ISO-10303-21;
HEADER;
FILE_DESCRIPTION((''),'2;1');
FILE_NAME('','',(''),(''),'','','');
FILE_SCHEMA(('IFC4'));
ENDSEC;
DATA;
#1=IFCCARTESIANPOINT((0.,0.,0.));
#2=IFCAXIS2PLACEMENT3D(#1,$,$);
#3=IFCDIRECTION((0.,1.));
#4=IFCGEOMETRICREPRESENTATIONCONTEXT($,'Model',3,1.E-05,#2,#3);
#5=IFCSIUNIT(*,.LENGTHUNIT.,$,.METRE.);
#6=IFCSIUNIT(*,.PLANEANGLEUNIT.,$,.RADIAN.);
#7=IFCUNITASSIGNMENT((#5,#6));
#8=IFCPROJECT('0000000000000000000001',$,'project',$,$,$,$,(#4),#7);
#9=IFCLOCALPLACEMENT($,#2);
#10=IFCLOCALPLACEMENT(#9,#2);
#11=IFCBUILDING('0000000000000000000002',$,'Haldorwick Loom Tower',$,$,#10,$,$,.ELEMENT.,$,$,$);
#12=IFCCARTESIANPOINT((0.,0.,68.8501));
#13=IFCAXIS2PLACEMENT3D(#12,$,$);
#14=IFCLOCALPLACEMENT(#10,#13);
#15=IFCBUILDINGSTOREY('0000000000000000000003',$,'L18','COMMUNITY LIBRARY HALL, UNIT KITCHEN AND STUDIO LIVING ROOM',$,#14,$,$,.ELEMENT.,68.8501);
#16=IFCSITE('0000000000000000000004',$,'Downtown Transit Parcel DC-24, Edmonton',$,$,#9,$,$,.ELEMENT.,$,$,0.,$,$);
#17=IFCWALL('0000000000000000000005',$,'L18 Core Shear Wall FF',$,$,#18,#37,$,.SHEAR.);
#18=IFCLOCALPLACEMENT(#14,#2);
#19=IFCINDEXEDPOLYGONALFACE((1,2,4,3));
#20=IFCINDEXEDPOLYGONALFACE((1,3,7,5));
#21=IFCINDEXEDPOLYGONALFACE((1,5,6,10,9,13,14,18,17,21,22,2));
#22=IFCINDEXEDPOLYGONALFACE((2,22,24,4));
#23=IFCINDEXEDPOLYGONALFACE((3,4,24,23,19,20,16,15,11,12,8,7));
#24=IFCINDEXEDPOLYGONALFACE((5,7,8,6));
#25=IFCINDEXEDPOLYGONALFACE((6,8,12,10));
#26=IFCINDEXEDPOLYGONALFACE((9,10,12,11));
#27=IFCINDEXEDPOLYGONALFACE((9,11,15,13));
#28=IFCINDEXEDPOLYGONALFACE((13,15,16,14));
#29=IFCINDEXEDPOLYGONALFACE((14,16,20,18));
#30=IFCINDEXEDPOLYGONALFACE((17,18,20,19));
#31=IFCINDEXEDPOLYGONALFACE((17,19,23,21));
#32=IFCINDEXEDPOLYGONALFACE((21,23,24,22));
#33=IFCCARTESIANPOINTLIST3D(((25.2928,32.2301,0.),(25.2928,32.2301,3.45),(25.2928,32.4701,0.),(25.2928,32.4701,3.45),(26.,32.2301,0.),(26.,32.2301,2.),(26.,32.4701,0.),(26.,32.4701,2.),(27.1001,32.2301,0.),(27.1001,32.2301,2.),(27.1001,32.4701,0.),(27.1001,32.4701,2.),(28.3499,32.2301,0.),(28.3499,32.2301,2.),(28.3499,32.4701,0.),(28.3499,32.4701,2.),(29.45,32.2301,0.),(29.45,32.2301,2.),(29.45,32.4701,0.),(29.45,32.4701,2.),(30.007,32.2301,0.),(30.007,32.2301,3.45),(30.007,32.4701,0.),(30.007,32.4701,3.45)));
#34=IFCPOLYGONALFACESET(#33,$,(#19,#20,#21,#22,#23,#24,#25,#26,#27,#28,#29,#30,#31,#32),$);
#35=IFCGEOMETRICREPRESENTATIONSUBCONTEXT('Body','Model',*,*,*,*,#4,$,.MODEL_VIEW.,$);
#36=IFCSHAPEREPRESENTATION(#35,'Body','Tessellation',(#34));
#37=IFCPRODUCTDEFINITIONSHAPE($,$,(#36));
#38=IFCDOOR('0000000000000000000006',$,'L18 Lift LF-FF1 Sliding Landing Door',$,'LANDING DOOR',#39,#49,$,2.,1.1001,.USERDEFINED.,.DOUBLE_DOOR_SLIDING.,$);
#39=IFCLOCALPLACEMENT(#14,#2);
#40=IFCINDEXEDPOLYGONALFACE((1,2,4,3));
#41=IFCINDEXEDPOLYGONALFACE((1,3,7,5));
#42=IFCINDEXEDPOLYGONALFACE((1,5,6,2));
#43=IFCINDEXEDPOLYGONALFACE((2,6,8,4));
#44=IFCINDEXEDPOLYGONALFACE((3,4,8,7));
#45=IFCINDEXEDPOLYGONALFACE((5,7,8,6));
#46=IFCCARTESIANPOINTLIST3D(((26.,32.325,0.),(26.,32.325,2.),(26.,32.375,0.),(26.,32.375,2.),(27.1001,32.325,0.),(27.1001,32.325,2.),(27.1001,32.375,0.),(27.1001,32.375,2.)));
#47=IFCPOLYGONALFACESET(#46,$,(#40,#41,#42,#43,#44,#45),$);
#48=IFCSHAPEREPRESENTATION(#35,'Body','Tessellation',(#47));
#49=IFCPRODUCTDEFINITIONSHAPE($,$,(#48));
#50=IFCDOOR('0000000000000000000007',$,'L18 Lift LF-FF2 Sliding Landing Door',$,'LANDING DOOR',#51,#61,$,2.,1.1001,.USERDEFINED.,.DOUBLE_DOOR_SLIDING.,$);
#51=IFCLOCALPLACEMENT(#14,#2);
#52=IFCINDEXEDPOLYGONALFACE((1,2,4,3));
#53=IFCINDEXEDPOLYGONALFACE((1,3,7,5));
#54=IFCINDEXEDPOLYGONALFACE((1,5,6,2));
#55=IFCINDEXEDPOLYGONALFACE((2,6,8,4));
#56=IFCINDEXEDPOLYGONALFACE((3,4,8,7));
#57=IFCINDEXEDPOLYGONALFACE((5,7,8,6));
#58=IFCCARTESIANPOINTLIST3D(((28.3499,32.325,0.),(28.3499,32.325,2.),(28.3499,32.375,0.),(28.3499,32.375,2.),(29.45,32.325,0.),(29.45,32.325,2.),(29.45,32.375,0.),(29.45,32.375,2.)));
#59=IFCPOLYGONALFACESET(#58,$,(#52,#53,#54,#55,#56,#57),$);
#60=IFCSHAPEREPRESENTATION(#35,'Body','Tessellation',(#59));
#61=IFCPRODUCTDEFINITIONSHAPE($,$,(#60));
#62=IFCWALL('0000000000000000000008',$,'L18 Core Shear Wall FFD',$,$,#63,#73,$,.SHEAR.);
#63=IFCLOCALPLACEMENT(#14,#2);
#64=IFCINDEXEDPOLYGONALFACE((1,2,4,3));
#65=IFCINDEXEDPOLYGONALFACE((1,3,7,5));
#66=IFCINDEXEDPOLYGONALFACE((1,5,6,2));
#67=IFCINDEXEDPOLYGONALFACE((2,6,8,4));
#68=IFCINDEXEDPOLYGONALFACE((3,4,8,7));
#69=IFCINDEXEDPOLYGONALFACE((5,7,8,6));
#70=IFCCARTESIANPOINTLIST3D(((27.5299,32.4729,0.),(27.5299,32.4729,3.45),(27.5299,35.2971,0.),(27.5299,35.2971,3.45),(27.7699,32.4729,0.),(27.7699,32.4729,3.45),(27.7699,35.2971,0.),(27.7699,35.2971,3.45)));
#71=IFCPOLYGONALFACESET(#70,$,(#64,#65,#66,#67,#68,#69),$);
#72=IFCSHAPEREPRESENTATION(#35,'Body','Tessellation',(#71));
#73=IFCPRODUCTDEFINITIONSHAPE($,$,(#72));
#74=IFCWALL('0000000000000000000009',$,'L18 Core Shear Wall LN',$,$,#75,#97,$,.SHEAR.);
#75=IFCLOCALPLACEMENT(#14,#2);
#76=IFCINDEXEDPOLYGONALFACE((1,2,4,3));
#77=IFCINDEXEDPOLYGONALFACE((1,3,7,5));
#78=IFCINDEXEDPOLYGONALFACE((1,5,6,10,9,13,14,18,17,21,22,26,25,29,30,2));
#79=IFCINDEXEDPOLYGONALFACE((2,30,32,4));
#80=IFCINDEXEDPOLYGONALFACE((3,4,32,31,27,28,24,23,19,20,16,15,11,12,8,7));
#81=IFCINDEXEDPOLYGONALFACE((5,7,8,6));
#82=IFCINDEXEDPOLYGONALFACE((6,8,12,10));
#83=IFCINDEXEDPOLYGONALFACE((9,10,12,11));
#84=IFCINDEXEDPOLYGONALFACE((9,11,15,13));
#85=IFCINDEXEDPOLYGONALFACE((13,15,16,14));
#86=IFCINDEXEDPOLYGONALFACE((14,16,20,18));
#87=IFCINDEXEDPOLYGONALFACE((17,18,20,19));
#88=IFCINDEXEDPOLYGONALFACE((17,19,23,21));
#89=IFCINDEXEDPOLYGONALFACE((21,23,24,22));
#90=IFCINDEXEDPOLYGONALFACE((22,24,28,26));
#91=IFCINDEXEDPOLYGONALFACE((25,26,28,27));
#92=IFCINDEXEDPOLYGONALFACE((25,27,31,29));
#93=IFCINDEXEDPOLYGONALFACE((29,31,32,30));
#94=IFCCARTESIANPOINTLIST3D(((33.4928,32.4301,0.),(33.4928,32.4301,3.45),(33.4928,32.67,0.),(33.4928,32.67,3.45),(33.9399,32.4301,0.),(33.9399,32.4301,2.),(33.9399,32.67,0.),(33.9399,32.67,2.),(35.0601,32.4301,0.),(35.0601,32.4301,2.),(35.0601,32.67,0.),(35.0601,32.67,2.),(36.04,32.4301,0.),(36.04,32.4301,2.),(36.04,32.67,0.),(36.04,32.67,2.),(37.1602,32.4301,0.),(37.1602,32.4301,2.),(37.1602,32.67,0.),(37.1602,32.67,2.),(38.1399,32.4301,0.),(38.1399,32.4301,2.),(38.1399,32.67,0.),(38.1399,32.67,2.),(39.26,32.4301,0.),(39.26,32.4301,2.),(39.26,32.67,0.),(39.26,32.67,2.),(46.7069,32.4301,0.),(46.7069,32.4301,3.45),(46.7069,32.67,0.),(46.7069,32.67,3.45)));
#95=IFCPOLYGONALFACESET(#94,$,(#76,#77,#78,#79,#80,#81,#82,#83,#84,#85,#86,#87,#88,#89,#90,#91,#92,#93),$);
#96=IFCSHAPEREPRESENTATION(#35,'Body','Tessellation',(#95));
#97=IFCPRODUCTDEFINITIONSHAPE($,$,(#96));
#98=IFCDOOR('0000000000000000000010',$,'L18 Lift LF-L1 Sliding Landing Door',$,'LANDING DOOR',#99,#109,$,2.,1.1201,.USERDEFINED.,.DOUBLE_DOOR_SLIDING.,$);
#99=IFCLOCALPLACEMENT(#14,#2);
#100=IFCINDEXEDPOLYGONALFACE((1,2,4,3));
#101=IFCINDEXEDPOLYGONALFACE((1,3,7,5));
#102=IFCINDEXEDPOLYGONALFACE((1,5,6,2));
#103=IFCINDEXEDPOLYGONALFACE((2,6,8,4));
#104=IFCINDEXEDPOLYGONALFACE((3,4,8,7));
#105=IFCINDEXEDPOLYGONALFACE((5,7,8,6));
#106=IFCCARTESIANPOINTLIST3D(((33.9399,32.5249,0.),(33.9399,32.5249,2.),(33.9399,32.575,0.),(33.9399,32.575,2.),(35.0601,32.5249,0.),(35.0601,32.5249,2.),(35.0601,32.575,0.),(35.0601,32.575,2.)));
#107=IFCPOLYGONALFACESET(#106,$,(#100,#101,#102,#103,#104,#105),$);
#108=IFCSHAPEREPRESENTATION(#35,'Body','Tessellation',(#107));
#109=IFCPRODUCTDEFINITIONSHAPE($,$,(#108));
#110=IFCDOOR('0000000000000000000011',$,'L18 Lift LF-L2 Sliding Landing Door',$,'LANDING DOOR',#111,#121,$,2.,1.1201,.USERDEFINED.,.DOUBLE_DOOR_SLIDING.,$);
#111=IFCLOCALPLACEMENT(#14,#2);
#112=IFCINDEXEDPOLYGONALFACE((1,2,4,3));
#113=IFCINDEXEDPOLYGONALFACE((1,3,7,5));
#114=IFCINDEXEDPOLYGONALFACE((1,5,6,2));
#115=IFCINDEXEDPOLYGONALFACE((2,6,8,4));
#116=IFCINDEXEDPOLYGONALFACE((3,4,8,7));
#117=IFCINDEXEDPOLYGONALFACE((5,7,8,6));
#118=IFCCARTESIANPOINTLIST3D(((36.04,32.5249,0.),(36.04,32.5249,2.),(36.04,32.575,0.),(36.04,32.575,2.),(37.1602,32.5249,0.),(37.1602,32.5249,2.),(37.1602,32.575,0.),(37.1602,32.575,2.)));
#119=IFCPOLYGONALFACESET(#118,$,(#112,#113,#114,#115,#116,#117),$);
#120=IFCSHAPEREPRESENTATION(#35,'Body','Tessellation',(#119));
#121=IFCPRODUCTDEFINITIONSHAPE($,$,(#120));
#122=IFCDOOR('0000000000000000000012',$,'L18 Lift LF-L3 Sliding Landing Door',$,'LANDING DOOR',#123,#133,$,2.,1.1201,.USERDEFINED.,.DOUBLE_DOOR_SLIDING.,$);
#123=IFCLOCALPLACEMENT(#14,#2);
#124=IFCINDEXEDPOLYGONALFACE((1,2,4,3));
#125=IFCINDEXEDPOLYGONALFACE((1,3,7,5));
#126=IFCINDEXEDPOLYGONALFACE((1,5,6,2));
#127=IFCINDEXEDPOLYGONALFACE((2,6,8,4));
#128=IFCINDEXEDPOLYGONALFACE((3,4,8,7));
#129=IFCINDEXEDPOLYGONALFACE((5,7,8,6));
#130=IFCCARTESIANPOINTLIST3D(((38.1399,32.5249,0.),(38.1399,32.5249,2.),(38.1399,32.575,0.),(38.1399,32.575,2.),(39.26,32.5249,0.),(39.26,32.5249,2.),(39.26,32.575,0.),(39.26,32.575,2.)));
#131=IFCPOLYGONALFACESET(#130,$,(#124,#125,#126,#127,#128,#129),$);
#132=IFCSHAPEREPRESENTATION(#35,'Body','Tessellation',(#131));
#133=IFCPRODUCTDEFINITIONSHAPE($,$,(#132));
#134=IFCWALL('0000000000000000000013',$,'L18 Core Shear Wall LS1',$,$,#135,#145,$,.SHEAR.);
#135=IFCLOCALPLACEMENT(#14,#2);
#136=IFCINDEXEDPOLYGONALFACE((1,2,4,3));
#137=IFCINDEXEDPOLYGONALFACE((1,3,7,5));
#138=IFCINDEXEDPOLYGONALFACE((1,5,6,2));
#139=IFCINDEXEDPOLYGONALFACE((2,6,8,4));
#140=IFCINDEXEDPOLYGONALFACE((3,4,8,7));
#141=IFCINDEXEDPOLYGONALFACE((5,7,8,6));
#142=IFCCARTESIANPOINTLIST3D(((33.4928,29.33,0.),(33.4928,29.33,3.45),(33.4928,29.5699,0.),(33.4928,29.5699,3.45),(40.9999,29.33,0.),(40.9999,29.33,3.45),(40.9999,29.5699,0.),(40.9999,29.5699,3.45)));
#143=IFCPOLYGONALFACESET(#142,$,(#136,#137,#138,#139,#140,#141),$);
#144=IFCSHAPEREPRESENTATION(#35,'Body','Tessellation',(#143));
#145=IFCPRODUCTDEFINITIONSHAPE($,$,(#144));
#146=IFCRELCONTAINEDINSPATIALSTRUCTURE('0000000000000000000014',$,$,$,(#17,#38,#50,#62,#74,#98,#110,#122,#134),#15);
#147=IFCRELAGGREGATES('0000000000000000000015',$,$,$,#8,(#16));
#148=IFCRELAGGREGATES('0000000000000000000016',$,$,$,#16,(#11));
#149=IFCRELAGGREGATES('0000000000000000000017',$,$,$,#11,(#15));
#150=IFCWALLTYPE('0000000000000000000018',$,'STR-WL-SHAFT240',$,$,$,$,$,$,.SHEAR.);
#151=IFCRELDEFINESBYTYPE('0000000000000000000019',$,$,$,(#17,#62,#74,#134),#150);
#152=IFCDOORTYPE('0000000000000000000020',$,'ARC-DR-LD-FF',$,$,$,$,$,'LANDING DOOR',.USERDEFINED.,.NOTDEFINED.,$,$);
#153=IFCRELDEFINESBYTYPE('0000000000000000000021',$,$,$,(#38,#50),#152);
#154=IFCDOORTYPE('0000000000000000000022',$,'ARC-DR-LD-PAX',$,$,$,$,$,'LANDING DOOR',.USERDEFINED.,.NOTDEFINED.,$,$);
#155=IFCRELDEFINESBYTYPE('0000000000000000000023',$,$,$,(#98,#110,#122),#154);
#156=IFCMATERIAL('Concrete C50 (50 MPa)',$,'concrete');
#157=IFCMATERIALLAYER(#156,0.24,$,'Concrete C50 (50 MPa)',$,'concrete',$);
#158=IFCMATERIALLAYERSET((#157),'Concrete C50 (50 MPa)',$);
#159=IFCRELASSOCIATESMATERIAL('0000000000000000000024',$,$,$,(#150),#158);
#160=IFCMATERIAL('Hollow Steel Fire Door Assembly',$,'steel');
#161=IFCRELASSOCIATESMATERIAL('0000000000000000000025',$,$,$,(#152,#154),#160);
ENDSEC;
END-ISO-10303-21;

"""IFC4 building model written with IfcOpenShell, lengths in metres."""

from ifc_helpers import new_model, si_unit, direction, frame, frame_2d, origin, place, context, subcontext, project, spatial, rectangle, extrude, material, layer, layer_set, type_object, element, fill, save


model = new_model("IFC4")

# Units and contexts
model_context = context("Model", 3, precision=1e-05, world=origin(), true_north=direction((0.0, 1.0)))
body_context = subcontext(model_context, "Body", "Model", "MODEL_VIEW")
ifc_project = project(units=[si_unit("LENGTHUNIT", "METRE"), si_unit("PLANEANGLEUNIT", "RADIAN")], contexts=[model_context])

# Site, building, storey
site_placement = place(None, origin())
site = spatial("IfcSite", under=ifc_project, at=site_placement, Name="Downtown Transit Parcel DC-24, Edmonton", CompositionType="ELEMENT", RefElevation=0.0)
building_placement = place(site_placement, origin())
building = spatial("IfcBuilding", under=site, at=building_placement, Name="Haldorwick Loom Tower", CompositionType="ELEMENT")
storey_placement = place(building_placement, frame((0.0, 0.0, 68.8501)))
storey = spatial("IfcBuildingStorey", under=building, at=storey_placement, Name="L18", Description="COMMUNITY LIBRARY HALL, UNIT KITCHEN AND STUDIO LIVING ROOM", CompositionType="ELEMENT", Elevation=68.8501)

# Shared definitions
ifc_material_1 = material(Name="Concrete C50 (50 MPa)", Category="concrete")
ifc_layer = layer(ifc_material_1, 0.24, Name="Concrete C50 (50 MPa)", Category="concrete")
ifc_layer_set = layer_set([ifc_layer], Name="Concrete C50 (50 MPa)")
wall_type = type_object("IfcWallType", Name="STR-WL-SHAFT240", PredefinedType="SHEAR", material=ifc_layer_set)

# Wall, openings, doors
wall_1_placement = place(storey_placement, frame((25.293, 32.3501, 0.0), z_axis=(0.0, 0.0, 1.0), x_axis=(1.0, 0.0, 0.0)))
wall_1 = element("IfcWall", 1, at=wall_1_placement, inside=storey, type_object=wall_type, Name="L18 Core Shear Wall FF", PredefinedType="SHEAR", context=body_context, shape_type="SweptSolid", body=[
    extrude(rectangle(XDim=4.7141, YDim=0.24, at=frame_2d((2.3569, 0.0))), origin(), (0.0, 0.0, 1.0), 3.45),
])
opening_1_placement = place(wall_1_placement, frame((0.707, 0.0, 0.0)))
opening_1 = element("IfcOpeningElement", 2, at=opening_1_placement, cuts=wall_1, PredefinedType="OPENING", context=body_context, shape_type="SweptSolid", body=[
    extrude(rectangle(XDim=1.1001, YDim=2.0, at=frame_2d((0.55, 1.0))), frame((0.0, 0.1299, 0.0), z_axis=(0.0, -1.0, 0.0), x_axis=(1.0, 0.0, 0.0)), (0.0, 0.0, 1.0), 0.26),
])
opening_2_placement = place(wall_1_placement, frame((3.0569, 0.0, 0.0)))
opening_2 = element("IfcOpeningElement", 3, at=opening_2_placement, cuts=wall_1, PredefinedType="OPENING", context=body_context, shape_type="SweptSolid", body=[
    extrude(rectangle(XDim=1.1001, YDim=2.0, at=frame_2d((0.55, 1.0))), frame((0.0, 0.1299, 0.0), z_axis=(0.0, -1.0, 0.0), x_axis=(1.0, 0.0, 0.0)), (0.0, 0.0, 1.0), 0.26),
])
ifc_material_2 = material(Name="Hollow Steel Fire Door Assembly", Category="steel")
door_type_1 = type_object("IfcDoorType", Name="ARC-DR-LD-FF", ElementType="LANDING DOOR", OperationType="NOTDEFINED", PredefinedType="USERDEFINED", material=ifc_material_2)
door_1_placement = place(opening_1_placement, origin())
door_1 = element("IfcDoor", 4, at=door_1_placement, inside=storey, type_object=door_type_1, Name="L18 Lift LF-FF1 Sliding Landing Door", ObjectType="LANDING DOOR", OperationType="DOUBLE_DOOR_SLIDING", OverallHeight=2.0, OverallWidth=1.1001, PredefinedType="USERDEFINED", context=body_context, shape_type="SweptSolid", body=[
    extrude(rectangle(XDim=1.1001, YDim=2.0, at=frame_2d((0.55, 1.0))), frame((0.0, 0.0249, 0.0), z_axis=(0.0, -1.0, 0.0), x_axis=(1.0, 0.0, 0.0)), (0.0, 0.0, 1.0), 0.05),
])
fill(opening_1, door_1)
door_2_placement = place(opening_2_placement, origin())
door_2 = element("IfcDoor", 5, at=door_2_placement, inside=storey, type_object=door_type_1, Name="L18 Lift LF-FF2 Sliding Landing Door", ObjectType="LANDING DOOR", OperationType="DOUBLE_DOOR_SLIDING", OverallHeight=2.0, OverallWidth=1.1001, PredefinedType="USERDEFINED", context=body_context, shape_type="SweptSolid", body=[
    extrude(rectangle(XDim=1.1001, YDim=2.0, at=frame_2d((0.55, 1.0))), frame((0.0, 0.0249, 0.0), z_axis=(0.0, -1.0, 0.0), x_axis=(1.0, 0.0, 0.0)), (0.0, 0.0, 1.0), 0.05),
])
fill(opening_2, door_2)

# Wall
wall_2_placement = place(storey_placement, frame((27.6499, 32.4729, 0.0), z_axis=(0.0, 0.0, 1.0), x_axis=(0.0, 1.0, 0.0)))
element("IfcWall", 6, at=wall_2_placement, inside=storey, type_object=wall_type, Name="L18 Core Shear Wall FFD", PredefinedType="SHEAR", context=body_context, shape_type="SweptSolid", body=[
    extrude(rectangle(XDim=2.8242, YDim=0.24, at=frame_2d((1.4121, 0.0))), origin(), (0.0, 0.0, 1.0), 3.45),
])

# Wall, openings, doors
wall_3_placement = place(storey_placement, frame((33.4929, 32.55, 0.0), z_axis=(0.0, 0.0, 1.0), x_axis=(1.0, 0.0, 0.0)))
wall_3 = element("IfcWall", 7, at=wall_3_placement, inside=storey, type_object=wall_type, Name="L18 Core Shear Wall LN", PredefinedType="SHEAR", context=body_context, shape_type="SweptSolid", body=[
    extrude(rectangle(XDim=13.2141, YDim=0.24, at=frame_2d((6.6069, 0.0))), origin(), (0.0, 0.0, 1.0), 3.45),
])
opening_3_placement = place(wall_3_placement, frame((0.447, 0.0, 0.0)))
opening_3 = element("IfcOpeningElement", 8, at=opening_3_placement, cuts=wall_3, PredefinedType="OPENING", context=body_context, shape_type="SweptSolid", body=[
    extrude(rectangle(XDim=1.1201, YDim=2.0, at=frame_2d((0.5601, 1.0))), frame((0.0, 0.1299, 0.0), z_axis=(0.0, -1.0, 0.0), x_axis=(1.0, 0.0, 0.0)), (0.0, 0.0, 1.0), 0.26),
])
opening_4_placement = place(wall_3_placement, frame((2.5471, 0.0, 0.0)))
opening_4 = element("IfcOpeningElement", 9, at=opening_4_placement, cuts=wall_3, PredefinedType="OPENING", context=body_context, shape_type="SweptSolid", body=[
    extrude(rectangle(XDim=1.1201, YDim=2.0, at=frame_2d((0.5601, 1.0))), frame((0.0, 0.1299, 0.0), z_axis=(0.0, -1.0, 0.0), x_axis=(1.0, 0.0, 0.0)), (0.0, 0.0, 1.0), 0.26),
])
opening_5_placement = place(wall_3_placement, frame((4.647, 0.0, 0.0)))
opening_5 = element("IfcOpeningElement", 10, at=opening_5_placement, cuts=wall_3, PredefinedType="OPENING", context=body_context, shape_type="SweptSolid", body=[
    extrude(rectangle(XDim=1.1201, YDim=2.0, at=frame_2d((0.5601, 1.0))), frame((0.0, 0.1299, 0.0), z_axis=(0.0, -1.0, 0.0), x_axis=(1.0, 0.0, 0.0)), (0.0, 0.0, 1.0), 0.26),
])
door_type_2 = type_object("IfcDoorType", Name="ARC-DR-LD-PAX", ElementType="LANDING DOOR", OperationType="NOTDEFINED", PredefinedType="USERDEFINED", material=ifc_material_2)
door_3_placement = place(opening_3_placement, origin())
door_3 = element("IfcDoor", 11, at=door_3_placement, inside=storey, type_object=door_type_2, Name="L18 Lift LF-L1 Sliding Landing Door", ObjectType="LANDING DOOR", OperationType="DOUBLE_DOOR_SLIDING", OverallHeight=2.0, OverallWidth=1.1201, PredefinedType="USERDEFINED", context=body_context, shape_type="SweptSolid", body=[
    extrude(rectangle(XDim=1.1201, YDim=2.0, at=frame_2d((0.5601, 1.0))), frame((0.0, 0.0249, 0.0), z_axis=(0.0, -1.0, 0.0), x_axis=(1.0, 0.0, 0.0)), (0.0, 0.0, 1.0), 0.05),
])
fill(opening_3, door_3)
door_4_placement = place(opening_4_placement, origin())
door_4 = element("IfcDoor", 12, at=door_4_placement, inside=storey, type_object=door_type_2, Name="L18 Lift LF-L2 Sliding Landing Door", ObjectType="LANDING DOOR", OperationType="DOUBLE_DOOR_SLIDING", OverallHeight=2.0, OverallWidth=1.1201, PredefinedType="USERDEFINED", context=body_context, shape_type="SweptSolid", body=[
    extrude(rectangle(XDim=1.1201, YDim=2.0, at=frame_2d((0.5601, 1.0))), frame((0.0, 0.0249, 0.0), z_axis=(0.0, -1.0, 0.0), x_axis=(1.0, 0.0, 0.0)), (0.0, 0.0, 1.0), 0.05),
])
fill(opening_4, door_4)
door_5_placement = place(opening_5_placement, origin())
door_5 = element("IfcDoor", 13, at=door_5_placement, inside=storey, type_object=door_type_2, Name="L18 Lift LF-L3 Sliding Landing Door", ObjectType="LANDING DOOR", OperationType="DOUBLE_DOOR_SLIDING", OverallHeight=2.0, OverallWidth=1.1201, PredefinedType="USERDEFINED", context=body_context, shape_type="SweptSolid", body=[
    extrude(rectangle(XDim=1.1201, YDim=2.0, at=frame_2d((0.5601, 1.0))), frame((0.0, 0.0249, 0.0), z_axis=(0.0, -1.0, 0.0), x_axis=(1.0, 0.0, 0.0)), (0.0, 0.0, 1.0), 0.05),
])
fill(opening_5, door_5)

# Wall
wall_4_placement = place(storey_placement, frame((33.4929, 29.45, 0.0), z_axis=(0.0, 0.0, 1.0), x_axis=(1.0, 0.0, 0.0)))
element("IfcWall", 14, at=wall_4_placement, inside=storey, type_object=wall_type, Name="L18 Core Shear Wall LS1", PredefinedType="SHEAR", context=body_context, shape_type="SweptSolid", body=[
    extrude(rectangle(XDim=7.5071, YDim=0.24, at=frame_2d((3.7534, 0.0))), origin(), (0.0, 0.0, 1.0), 3.45),
])

save(model, "model.ifc")
